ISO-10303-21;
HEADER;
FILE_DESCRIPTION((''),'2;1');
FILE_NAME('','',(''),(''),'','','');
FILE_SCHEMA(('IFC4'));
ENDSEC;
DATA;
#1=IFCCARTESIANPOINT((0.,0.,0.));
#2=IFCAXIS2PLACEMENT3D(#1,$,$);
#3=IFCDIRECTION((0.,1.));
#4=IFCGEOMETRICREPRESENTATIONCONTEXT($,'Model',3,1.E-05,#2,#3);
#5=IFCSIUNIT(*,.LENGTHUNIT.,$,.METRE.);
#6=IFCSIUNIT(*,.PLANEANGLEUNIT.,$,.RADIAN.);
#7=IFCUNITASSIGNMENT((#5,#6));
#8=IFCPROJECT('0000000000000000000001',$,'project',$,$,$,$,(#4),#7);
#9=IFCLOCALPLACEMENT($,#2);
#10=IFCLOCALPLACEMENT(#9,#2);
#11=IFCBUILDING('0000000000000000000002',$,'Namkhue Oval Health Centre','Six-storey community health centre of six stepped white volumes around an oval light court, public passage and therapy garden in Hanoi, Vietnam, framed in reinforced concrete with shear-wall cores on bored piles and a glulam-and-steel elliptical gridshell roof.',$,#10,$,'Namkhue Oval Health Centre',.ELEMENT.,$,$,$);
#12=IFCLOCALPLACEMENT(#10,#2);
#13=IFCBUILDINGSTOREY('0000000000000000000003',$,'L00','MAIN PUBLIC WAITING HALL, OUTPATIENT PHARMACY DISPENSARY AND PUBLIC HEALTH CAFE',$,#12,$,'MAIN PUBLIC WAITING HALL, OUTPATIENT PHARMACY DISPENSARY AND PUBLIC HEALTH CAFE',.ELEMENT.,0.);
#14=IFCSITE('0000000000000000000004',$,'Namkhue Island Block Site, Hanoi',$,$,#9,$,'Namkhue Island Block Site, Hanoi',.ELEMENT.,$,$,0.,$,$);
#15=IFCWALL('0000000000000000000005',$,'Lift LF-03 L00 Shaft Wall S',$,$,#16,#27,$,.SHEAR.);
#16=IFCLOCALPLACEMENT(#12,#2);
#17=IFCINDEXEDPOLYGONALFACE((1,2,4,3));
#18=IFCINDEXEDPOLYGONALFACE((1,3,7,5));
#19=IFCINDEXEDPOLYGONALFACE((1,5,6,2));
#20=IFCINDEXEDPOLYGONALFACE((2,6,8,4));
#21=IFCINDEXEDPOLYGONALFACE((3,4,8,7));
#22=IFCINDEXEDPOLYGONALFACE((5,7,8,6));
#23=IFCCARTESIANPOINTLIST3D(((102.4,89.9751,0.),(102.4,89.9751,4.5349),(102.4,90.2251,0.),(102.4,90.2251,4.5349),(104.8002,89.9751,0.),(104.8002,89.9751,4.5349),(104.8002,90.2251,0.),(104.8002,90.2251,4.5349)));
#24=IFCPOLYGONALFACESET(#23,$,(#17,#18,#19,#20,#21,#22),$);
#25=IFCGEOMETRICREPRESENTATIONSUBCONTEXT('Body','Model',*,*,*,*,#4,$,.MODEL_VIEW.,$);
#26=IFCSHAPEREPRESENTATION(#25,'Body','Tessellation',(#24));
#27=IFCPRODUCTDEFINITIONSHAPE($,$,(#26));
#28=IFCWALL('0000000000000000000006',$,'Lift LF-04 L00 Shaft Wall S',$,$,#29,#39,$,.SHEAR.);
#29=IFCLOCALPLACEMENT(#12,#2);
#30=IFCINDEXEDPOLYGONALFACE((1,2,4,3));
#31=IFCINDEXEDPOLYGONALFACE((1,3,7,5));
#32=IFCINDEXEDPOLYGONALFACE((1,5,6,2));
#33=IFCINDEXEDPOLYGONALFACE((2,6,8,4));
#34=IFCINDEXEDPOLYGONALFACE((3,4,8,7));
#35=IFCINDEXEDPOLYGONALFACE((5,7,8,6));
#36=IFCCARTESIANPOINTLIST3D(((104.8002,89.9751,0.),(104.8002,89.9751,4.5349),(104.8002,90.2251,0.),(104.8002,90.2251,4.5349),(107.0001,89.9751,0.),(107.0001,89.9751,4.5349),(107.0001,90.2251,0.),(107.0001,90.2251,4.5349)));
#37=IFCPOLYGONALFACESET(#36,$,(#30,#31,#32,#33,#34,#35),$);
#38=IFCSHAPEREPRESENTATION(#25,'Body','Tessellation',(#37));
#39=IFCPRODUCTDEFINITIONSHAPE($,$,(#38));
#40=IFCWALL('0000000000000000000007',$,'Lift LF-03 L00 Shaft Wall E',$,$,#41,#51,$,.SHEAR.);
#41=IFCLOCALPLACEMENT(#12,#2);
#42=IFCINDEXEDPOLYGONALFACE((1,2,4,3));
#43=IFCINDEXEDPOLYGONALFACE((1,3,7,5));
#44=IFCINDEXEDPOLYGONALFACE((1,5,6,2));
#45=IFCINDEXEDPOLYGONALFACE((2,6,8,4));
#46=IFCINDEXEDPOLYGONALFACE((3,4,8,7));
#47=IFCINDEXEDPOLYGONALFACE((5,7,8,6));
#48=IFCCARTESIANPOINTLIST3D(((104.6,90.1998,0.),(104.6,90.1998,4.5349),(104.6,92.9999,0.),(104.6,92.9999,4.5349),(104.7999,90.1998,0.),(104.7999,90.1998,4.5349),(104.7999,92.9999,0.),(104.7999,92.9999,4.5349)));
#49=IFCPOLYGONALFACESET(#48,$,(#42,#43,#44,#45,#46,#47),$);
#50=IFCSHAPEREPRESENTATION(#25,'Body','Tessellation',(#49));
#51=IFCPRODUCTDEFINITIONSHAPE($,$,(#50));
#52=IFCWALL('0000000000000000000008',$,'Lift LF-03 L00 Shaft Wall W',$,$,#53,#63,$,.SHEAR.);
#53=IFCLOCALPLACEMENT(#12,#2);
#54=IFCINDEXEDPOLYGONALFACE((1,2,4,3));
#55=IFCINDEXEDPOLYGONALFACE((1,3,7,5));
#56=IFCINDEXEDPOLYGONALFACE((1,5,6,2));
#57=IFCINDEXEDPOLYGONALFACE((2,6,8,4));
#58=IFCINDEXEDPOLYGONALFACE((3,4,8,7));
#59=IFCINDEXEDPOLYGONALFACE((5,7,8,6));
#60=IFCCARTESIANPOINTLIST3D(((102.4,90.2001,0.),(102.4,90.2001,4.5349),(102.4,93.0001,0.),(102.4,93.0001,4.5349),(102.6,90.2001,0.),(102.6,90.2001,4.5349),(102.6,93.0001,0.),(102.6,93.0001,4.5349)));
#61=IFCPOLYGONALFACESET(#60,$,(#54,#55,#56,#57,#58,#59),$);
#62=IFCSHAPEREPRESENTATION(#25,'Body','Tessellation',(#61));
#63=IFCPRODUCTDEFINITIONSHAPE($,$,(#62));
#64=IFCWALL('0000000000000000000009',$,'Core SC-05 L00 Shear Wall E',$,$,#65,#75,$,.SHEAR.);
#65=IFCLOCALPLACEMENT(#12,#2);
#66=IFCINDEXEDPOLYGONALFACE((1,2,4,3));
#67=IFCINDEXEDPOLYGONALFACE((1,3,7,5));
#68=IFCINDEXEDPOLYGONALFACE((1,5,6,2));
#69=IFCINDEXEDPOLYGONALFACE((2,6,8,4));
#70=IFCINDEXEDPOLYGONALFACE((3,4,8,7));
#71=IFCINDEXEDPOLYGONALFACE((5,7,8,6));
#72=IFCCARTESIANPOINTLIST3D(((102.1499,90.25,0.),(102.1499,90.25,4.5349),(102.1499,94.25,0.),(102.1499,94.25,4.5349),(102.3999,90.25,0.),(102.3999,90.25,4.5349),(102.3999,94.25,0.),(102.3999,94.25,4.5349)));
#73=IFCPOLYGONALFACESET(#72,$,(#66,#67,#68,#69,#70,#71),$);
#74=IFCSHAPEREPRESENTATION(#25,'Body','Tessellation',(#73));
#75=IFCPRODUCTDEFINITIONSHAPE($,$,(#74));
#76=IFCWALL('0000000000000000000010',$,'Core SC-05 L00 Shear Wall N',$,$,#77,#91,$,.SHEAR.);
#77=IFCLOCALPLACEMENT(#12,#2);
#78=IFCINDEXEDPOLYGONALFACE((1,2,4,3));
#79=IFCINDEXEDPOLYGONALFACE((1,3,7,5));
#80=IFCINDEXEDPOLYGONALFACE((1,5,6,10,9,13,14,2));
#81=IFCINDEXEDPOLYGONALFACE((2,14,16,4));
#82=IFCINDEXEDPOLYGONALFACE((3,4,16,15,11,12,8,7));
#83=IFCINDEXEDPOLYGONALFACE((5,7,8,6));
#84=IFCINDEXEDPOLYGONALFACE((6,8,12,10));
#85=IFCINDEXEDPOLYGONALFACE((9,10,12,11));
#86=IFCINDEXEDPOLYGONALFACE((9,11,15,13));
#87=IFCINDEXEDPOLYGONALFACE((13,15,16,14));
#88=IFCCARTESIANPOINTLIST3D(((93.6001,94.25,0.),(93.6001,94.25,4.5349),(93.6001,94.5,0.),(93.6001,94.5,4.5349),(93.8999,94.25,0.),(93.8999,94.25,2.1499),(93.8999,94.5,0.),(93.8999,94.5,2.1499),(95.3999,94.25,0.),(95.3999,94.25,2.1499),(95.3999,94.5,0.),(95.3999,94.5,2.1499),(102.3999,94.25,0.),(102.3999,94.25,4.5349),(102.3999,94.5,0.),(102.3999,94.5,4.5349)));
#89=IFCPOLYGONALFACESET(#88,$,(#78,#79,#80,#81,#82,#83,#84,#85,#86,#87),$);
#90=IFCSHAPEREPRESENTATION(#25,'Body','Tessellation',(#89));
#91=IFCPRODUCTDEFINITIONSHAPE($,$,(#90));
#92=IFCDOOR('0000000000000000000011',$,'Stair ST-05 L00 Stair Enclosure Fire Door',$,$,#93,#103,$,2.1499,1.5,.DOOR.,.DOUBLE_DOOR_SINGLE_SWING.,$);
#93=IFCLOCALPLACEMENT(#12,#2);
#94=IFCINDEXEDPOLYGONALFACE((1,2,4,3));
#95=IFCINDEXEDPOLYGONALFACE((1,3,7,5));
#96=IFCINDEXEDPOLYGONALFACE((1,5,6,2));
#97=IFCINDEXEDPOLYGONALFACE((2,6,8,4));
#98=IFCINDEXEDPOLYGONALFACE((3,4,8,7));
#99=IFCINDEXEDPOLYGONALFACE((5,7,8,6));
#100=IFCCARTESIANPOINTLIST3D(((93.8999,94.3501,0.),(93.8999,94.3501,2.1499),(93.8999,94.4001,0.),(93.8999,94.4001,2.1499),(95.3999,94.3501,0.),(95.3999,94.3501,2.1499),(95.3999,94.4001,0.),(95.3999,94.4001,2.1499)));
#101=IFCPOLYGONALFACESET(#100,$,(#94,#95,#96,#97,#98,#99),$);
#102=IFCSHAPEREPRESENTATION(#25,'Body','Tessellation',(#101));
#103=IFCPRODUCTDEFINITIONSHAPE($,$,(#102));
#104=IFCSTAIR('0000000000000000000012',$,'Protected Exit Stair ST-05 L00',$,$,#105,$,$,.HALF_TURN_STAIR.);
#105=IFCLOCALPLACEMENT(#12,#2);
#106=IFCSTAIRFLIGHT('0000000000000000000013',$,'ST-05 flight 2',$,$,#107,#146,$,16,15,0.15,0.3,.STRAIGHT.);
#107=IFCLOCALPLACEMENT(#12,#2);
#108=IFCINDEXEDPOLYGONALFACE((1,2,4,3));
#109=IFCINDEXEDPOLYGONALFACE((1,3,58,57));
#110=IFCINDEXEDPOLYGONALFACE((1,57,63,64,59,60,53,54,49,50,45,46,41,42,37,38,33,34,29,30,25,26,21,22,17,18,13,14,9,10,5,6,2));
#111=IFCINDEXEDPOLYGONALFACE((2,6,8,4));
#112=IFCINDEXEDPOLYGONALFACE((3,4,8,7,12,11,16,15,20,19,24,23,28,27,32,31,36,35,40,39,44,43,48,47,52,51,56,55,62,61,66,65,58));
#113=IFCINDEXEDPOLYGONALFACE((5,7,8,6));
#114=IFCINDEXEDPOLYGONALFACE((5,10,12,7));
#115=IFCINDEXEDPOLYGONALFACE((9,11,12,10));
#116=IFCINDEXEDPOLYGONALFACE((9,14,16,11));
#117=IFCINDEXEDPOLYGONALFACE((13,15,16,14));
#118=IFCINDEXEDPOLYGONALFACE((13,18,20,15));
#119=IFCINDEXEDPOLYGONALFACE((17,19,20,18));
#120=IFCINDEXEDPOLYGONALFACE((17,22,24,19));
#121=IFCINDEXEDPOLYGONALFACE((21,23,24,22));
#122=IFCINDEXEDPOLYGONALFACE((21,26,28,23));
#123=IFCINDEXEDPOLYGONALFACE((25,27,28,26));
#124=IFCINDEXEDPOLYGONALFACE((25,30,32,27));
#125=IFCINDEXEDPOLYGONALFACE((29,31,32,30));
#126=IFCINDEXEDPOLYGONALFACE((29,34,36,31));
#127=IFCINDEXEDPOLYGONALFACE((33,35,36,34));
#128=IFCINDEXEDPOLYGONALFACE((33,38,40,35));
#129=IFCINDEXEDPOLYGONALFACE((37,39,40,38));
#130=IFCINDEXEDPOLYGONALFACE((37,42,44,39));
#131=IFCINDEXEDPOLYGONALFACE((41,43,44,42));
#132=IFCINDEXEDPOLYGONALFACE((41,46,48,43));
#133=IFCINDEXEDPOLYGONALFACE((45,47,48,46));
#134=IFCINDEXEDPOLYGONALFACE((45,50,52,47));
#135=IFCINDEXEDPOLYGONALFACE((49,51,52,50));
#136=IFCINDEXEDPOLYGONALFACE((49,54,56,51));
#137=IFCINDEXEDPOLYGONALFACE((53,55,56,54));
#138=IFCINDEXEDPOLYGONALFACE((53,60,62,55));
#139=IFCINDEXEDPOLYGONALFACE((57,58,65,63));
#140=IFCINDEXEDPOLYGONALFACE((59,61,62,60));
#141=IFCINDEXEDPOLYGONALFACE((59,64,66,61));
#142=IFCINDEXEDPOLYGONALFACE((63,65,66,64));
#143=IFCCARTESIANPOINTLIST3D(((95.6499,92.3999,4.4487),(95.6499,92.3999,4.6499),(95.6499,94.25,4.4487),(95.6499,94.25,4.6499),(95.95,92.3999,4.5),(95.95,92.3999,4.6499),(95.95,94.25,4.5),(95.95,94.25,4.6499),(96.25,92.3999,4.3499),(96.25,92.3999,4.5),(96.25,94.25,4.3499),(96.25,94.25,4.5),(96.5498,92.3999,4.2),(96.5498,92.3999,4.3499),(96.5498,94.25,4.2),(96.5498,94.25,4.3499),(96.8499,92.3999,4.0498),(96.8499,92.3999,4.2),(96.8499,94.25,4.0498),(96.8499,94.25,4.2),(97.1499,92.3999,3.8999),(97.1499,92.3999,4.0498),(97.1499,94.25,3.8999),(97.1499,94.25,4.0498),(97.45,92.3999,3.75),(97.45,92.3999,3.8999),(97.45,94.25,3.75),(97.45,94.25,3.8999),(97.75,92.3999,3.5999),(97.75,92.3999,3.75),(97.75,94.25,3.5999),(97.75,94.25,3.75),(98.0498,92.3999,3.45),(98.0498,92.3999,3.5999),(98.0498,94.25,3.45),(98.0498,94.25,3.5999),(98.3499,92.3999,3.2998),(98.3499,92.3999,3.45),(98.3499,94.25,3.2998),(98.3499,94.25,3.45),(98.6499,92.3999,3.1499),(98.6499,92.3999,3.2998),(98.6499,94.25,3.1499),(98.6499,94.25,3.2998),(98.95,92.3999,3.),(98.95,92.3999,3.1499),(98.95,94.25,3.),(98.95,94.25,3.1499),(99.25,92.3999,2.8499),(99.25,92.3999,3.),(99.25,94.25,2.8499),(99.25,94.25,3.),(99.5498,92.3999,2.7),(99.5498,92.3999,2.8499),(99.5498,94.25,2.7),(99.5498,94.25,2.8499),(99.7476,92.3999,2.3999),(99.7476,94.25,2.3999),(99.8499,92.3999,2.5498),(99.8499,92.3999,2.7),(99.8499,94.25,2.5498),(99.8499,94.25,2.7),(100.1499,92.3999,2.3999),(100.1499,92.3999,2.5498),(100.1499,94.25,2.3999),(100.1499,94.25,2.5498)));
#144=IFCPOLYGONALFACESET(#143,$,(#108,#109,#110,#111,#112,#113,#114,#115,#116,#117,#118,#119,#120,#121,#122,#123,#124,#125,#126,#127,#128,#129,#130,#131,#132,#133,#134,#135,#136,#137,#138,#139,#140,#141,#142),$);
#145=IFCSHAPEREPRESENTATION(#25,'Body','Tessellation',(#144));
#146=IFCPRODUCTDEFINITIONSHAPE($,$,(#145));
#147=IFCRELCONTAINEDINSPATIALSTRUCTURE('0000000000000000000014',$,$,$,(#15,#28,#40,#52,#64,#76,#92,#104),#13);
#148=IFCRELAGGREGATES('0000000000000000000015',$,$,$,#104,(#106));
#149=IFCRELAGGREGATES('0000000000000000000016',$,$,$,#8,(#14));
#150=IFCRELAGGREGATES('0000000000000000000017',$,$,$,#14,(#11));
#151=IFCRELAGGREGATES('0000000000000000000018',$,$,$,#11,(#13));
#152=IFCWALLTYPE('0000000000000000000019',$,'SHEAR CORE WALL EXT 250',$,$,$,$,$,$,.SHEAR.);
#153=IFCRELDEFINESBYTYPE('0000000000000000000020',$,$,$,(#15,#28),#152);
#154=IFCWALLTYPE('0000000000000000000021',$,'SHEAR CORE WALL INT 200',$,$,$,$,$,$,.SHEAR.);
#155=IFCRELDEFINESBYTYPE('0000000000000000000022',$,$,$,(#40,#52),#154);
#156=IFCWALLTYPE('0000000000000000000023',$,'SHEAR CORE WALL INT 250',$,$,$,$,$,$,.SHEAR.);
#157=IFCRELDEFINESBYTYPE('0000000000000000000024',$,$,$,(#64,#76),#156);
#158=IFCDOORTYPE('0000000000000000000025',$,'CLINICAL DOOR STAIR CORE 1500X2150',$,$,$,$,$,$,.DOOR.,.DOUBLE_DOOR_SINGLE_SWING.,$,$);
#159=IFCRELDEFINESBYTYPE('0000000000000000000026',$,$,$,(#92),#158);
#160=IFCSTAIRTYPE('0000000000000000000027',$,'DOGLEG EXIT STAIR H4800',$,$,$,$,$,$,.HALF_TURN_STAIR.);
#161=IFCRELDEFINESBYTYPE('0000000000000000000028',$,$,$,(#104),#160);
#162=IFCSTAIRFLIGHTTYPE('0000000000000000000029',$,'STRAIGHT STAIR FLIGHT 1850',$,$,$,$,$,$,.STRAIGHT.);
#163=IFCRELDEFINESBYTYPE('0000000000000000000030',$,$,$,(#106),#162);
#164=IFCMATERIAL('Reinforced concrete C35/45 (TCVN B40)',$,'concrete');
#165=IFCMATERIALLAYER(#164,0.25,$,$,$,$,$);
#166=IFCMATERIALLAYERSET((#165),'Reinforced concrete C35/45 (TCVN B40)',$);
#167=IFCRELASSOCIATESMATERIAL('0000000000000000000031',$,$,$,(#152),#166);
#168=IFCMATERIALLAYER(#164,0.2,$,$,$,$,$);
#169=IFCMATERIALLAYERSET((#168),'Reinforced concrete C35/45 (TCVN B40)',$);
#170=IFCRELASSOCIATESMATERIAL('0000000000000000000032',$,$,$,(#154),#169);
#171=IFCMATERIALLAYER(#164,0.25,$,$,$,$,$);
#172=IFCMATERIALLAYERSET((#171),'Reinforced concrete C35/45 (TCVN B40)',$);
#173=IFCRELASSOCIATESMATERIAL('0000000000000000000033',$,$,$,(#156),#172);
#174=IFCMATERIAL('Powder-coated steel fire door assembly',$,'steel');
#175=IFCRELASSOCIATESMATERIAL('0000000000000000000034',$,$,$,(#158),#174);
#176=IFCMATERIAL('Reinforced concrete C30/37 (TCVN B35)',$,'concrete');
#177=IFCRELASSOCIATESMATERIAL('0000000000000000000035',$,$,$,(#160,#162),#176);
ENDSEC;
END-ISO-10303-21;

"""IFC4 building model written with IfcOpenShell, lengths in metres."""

from ifc_helpers import new_model, si_unit, direction, frame, frame_2d, origin, place, context, subcontext, project, spatial, polyline, rectangle, outline, extrude, material, layer, layer_set, type_object, element, fill, aggregate, save


model = new_model("IFC4")

# Units and contexts
model_context = context("Model", 3, precision=1e-05, world=origin(), true_north=direction((0.0, 1.0)))
body_context = subcontext(model_context, "Body", "Model", "MODEL_VIEW")
ifc_project = project(units=[si_unit("LENGTHUNIT", "METRE"), si_unit("PLANEANGLEUNIT", "RADIAN")], contexts=[model_context])

# Site, building, storey
site_placement = place(None, origin())
site = spatial("IfcSite", under=ifc_project, at=site_placement, Name="Namkhue Island Block Site, Hanoi", LongName="Namkhue Island Block Site, Hanoi", CompositionType="ELEMENT", RefElevation=0.0)
building_placement = place(site_placement, origin())
building = spatial("IfcBuilding", under=site, at=building_placement, Name="Namkhue Oval Health Centre", Description="Six-storey community health centre of six stepped white volumes around an oval light court, public passage and therapy garden in Hanoi, Vietnam, framed in reinforced concrete with shear-wall cores on bored piles and a glulam-and-steel elliptical gridshell roof.", LongName="Namkhue Oval Health Centre", CompositionType="ELEMENT")
storey_placement = place(building_placement, origin())
storey = spatial("IfcBuildingStorey", under=building, at=storey_placement, Name="L00", Description="MAIN PUBLIC WAITING HALL, OUTPATIENT PHARMACY DISPENSARY AND PUBLIC HEALTH CAFE", LongName="MAIN PUBLIC WAITING HALL, OUTPATIENT PHARMACY DISPENSARY AND PUBLIC HEALTH CAFE", CompositionType="ELEMENT", Elevation=0.0)

# Shared definitions
ifc_material_1 = material(Name="Reinforced concrete C30/37 (TCVN B35)", Category="concrete")

# Shared definitions
ifc_material_2 = material(Name="Reinforced concrete C35/45 (TCVN B40)", Category="concrete")

# Walls
ifc_layer_1 = layer(ifc_material_2, 0.25)
ifc_layer_set_1 = layer_set([ifc_layer_1], Name="Reinforced concrete C35/45 (TCVN B40)")
wall_type_1 = type_object("IfcWallType", Name="SHEAR CORE WALL EXT 250", PredefinedType="SHEAR", material=ifc_layer_set_1)
wall_1_placement = place(storey_placement, frame((102.3999, 90.1001, 0.0), z_axis=(0.0, 0.0, 1.0), x_axis=(1.0, 0.0, 0.0)))
element("IfcWall", 1, at=wall_1_placement, inside=storey, type_object=wall_type_1, Name="Lift LF-03 L00 Shaft Wall S", PredefinedType="SHEAR", context=body_context, shape_type="SweptSolid", body=[
    extrude(rectangle(XDim=2.4001, YDim=0.25, at=frame_2d((1.2002, 0.0))), origin(), (0.0, 0.0, 1.0), 4.5349),
])
wall_2_placement = place(storey_placement, frame((104.8, 90.1001, 0.0), z_axis=(0.0, 0.0, 1.0), x_axis=(1.0, 0.0, 0.0)))
element("IfcWall", 2, at=wall_2_placement, inside=storey, type_object=wall_type_1, Name="Lift LF-04 L00 Shaft Wall S", PredefinedType="SHEAR", context=body_context, shape_type="SweptSolid", body=[
    extrude(rectangle(XDim=2.2, YDim=0.25, at=frame_2d((1.1001, 0.0))), origin(), (0.0, 0.0, 1.0), 4.5349),
])
ifc_layer_2 = layer(ifc_material_2, 0.2)
ifc_layer_set_2 = layer_set([ifc_layer_2], Name="Reinforced concrete C35/45 (TCVN B40)")
wall_type_2 = type_object("IfcWallType", Name="SHEAR CORE WALL INT 200", PredefinedType="SHEAR", material=ifc_layer_set_2)
for number, where, z_axis, x_axis, name in (
    (3, (104.7, 90.2, 0.0), (0.0, 0.0, 1.0), (0.0, 1.0, 0.0), "Lift LF-03 L00 Shaft Wall E"),
    (4, (102.5, 93.0, 0.0), (0.0, 0.0, 1.0), (0.0, -1.0, 0.0), "Lift LF-03 L00 Shaft Wall W"),
):
    element("IfcWall", number, at=place(storey_placement, frame(where, z_axis=z_axis, x_axis=x_axis)), inside=storey, type_object=wall_type_2, Name=name, PredefinedType="SHEAR", context=body_context, shape_type="SweptSolid", body=[
        extrude(rectangle(XDim=2.8, YDim=0.2, at=frame_2d((1.3999, 0.0))), origin(), (0.0, 0.0, 1.0), 4.5349),
    ])
ifc_layer_3 = layer(ifc_material_2, 0.25)
ifc_layer_set_3 = layer_set([ifc_layer_3], Name="Reinforced concrete C35/45 (TCVN B40)")
wall_type_3 = type_object("IfcWallType", Name="SHEAR CORE WALL INT 250", PredefinedType="SHEAR", material=ifc_layer_set_3)
wall_3_placement = place(storey_placement, frame((102.2749, 90.25, 0.0), z_axis=(0.0, 0.0, 1.0), x_axis=(0.0, 1.0, 0.0)))
element("IfcWall", 5, at=wall_3_placement, inside=storey, type_object=wall_type_3, Name="Core SC-05 L00 Shear Wall E", PredefinedType="SHEAR", context=body_context, shape_type="SweptSolid", body=[
    extrude(rectangle(XDim=4.0, YDim=0.25, at=frame_2d((2.0, 0.0))), origin(), (0.0, 0.0, 1.0), 4.5349),
])

# Wall, opening, door
wall_4_placement = place(storey_placement, frame((102.3999, 94.375, 0.0), z_axis=(0.0, 0.0, 1.0), x_axis=(-1.0, 0.0, 0.0)))
wall_4 = element("IfcWall", 6, at=wall_4_placement, inside=storey, type_object=wall_type_3, Name="Core SC-05 L00 Shear Wall N", PredefinedType="SHEAR", context=body_context, shape_type="SweptSolid", body=[
    extrude(rectangle(XDim=8.7998, YDim=0.25, at=frame_2d((4.3999, 0.0))), origin(), (0.0, 0.0, 1.0), 4.5349),
])
opening_placement = place(wall_4_placement, frame((7.0, 0.0, 0.0)))
opening = element("IfcOpeningElement", 7, at=opening_placement, cuts=wall_4, PredefinedType="OPENING", context=body_context, shape_type="SweptSolid", body=[
    extrude(rectangle(XDim=1.5, YDim=2.1499, at=frame_2d((0.75, 1.075))), frame((0.0, 0.135, 0.0), z_axis=(0.0, -1.0, 0.0), x_axis=(1.0, 0.0, 0.0)), (0.0, 0.0, 1.0), 0.27),
])
ifc_material_3 = material(Name="Powder-coated steel fire door assembly", Category="steel")
door_type = type_object("IfcDoorType", Name="CLINICAL DOOR STAIR CORE 1500X2150", OperationType="DOUBLE_DOOR_SINGLE_SWING", PredefinedType="DOOR", material=ifc_material_3)
door_placement = place(opening_placement, origin())
door = element("IfcDoor", 8, at=door_placement, inside=storey, type_object=door_type, Name="Stair ST-05 L00 Stair Enclosure Fire Door", OperationType="DOUBLE_DOOR_SINGLE_SWING", OverallHeight=2.1499, OverallWidth=1.5, PredefinedType="DOOR", context=body_context, shape_type="SweptSolid", body=[
    extrude(rectangle(XDim=1.5, YDim=2.1499, at=frame_2d((0.75, 1.075))), frame((0.0, 0.0249, 0.0), z_axis=(0.0, -1.0, 0.0), x_axis=(1.0, 0.0, 0.0)), (0.0, 0.0, 1.0), 0.05),
])
fill(opening, door)

# Stair, stair flight
stair_type = type_object("IfcStairType", Name="DOGLEG EXIT STAIR H4800", PredefinedType="HALF_TURN_STAIR", material=ifc_material_1)
stair_placement = place(storey_placement, origin())
stair = element("IfcStair", 9, at=stair_placement, inside=storey, type_object=stair_type, Name="Protected Exit Stair ST-05 L00", PredefinedType="HALF_TURN_STAIR")
stair_flight_type = type_object("IfcStairFlightType", Name="STRAIGHT STAIR FLIGHT 1850", PredefinedType="STRAIGHT", material=ifc_material_1)
stair_flight_placement = place(storey_placement, frame((100.1499, 93.325, 2.3999), z_axis=(0.0, 0.0, 1.0), x_axis=(-1.0, 0.0, 0.0)))
stair_flight = element("IfcStairFlight", 10, at=stair_flight_placement, type_object=stair_flight_type, Name="ST-05 flight 2", NumberOfRisers=16, NumberOfTreads=15, PredefinedType="STRAIGHT", RiserHeight=0.15, TreadLength=0.3, context=body_context, shape_type="SweptSolid", body=[
    extrude(outline(polyline([(0.0, 0.0), (0.0, 0.1499), (0.3, 0.1499), (0.3, 0.3), (0.6001, 0.3), (0.6001, 0.45), (0.8999, 0.45), (0.8999, 0.6001), (1.2, 0.6001), (1.2, 0.75), (1.5, 0.75), (1.5, 0.8999), (1.8, 0.8999), (1.8, 1.05), (2.1001, 1.05), (2.1001, 1.2), (2.3999, 1.2), (2.3999, 1.3501), (2.7, 1.3501), (2.7, 1.5), (3.0, 1.5), (3.0, 1.6499), (3.3, 1.6499), (3.3, 1.8), (3.6001, 1.8), (3.6001, 1.95), (3.8999, 1.95), (3.8999, 2.1001), (4.2, 2.1001), (4.2, 2.25), (4.5, 2.25), (4.5, 2.3999), (4.5, 2.0488), (0.4023, 0.0), (0.0, 0.0)])), frame((0.0, 0.925, 0.0), z_axis=(0.0, -1.0, 0.0), x_axis=(1.0, 0.0, 0.0)), (0.0, 0.0, 1.0), 1.8501),
])
aggregate(stair, [stair_flight])

save(model, "model.ifc")
